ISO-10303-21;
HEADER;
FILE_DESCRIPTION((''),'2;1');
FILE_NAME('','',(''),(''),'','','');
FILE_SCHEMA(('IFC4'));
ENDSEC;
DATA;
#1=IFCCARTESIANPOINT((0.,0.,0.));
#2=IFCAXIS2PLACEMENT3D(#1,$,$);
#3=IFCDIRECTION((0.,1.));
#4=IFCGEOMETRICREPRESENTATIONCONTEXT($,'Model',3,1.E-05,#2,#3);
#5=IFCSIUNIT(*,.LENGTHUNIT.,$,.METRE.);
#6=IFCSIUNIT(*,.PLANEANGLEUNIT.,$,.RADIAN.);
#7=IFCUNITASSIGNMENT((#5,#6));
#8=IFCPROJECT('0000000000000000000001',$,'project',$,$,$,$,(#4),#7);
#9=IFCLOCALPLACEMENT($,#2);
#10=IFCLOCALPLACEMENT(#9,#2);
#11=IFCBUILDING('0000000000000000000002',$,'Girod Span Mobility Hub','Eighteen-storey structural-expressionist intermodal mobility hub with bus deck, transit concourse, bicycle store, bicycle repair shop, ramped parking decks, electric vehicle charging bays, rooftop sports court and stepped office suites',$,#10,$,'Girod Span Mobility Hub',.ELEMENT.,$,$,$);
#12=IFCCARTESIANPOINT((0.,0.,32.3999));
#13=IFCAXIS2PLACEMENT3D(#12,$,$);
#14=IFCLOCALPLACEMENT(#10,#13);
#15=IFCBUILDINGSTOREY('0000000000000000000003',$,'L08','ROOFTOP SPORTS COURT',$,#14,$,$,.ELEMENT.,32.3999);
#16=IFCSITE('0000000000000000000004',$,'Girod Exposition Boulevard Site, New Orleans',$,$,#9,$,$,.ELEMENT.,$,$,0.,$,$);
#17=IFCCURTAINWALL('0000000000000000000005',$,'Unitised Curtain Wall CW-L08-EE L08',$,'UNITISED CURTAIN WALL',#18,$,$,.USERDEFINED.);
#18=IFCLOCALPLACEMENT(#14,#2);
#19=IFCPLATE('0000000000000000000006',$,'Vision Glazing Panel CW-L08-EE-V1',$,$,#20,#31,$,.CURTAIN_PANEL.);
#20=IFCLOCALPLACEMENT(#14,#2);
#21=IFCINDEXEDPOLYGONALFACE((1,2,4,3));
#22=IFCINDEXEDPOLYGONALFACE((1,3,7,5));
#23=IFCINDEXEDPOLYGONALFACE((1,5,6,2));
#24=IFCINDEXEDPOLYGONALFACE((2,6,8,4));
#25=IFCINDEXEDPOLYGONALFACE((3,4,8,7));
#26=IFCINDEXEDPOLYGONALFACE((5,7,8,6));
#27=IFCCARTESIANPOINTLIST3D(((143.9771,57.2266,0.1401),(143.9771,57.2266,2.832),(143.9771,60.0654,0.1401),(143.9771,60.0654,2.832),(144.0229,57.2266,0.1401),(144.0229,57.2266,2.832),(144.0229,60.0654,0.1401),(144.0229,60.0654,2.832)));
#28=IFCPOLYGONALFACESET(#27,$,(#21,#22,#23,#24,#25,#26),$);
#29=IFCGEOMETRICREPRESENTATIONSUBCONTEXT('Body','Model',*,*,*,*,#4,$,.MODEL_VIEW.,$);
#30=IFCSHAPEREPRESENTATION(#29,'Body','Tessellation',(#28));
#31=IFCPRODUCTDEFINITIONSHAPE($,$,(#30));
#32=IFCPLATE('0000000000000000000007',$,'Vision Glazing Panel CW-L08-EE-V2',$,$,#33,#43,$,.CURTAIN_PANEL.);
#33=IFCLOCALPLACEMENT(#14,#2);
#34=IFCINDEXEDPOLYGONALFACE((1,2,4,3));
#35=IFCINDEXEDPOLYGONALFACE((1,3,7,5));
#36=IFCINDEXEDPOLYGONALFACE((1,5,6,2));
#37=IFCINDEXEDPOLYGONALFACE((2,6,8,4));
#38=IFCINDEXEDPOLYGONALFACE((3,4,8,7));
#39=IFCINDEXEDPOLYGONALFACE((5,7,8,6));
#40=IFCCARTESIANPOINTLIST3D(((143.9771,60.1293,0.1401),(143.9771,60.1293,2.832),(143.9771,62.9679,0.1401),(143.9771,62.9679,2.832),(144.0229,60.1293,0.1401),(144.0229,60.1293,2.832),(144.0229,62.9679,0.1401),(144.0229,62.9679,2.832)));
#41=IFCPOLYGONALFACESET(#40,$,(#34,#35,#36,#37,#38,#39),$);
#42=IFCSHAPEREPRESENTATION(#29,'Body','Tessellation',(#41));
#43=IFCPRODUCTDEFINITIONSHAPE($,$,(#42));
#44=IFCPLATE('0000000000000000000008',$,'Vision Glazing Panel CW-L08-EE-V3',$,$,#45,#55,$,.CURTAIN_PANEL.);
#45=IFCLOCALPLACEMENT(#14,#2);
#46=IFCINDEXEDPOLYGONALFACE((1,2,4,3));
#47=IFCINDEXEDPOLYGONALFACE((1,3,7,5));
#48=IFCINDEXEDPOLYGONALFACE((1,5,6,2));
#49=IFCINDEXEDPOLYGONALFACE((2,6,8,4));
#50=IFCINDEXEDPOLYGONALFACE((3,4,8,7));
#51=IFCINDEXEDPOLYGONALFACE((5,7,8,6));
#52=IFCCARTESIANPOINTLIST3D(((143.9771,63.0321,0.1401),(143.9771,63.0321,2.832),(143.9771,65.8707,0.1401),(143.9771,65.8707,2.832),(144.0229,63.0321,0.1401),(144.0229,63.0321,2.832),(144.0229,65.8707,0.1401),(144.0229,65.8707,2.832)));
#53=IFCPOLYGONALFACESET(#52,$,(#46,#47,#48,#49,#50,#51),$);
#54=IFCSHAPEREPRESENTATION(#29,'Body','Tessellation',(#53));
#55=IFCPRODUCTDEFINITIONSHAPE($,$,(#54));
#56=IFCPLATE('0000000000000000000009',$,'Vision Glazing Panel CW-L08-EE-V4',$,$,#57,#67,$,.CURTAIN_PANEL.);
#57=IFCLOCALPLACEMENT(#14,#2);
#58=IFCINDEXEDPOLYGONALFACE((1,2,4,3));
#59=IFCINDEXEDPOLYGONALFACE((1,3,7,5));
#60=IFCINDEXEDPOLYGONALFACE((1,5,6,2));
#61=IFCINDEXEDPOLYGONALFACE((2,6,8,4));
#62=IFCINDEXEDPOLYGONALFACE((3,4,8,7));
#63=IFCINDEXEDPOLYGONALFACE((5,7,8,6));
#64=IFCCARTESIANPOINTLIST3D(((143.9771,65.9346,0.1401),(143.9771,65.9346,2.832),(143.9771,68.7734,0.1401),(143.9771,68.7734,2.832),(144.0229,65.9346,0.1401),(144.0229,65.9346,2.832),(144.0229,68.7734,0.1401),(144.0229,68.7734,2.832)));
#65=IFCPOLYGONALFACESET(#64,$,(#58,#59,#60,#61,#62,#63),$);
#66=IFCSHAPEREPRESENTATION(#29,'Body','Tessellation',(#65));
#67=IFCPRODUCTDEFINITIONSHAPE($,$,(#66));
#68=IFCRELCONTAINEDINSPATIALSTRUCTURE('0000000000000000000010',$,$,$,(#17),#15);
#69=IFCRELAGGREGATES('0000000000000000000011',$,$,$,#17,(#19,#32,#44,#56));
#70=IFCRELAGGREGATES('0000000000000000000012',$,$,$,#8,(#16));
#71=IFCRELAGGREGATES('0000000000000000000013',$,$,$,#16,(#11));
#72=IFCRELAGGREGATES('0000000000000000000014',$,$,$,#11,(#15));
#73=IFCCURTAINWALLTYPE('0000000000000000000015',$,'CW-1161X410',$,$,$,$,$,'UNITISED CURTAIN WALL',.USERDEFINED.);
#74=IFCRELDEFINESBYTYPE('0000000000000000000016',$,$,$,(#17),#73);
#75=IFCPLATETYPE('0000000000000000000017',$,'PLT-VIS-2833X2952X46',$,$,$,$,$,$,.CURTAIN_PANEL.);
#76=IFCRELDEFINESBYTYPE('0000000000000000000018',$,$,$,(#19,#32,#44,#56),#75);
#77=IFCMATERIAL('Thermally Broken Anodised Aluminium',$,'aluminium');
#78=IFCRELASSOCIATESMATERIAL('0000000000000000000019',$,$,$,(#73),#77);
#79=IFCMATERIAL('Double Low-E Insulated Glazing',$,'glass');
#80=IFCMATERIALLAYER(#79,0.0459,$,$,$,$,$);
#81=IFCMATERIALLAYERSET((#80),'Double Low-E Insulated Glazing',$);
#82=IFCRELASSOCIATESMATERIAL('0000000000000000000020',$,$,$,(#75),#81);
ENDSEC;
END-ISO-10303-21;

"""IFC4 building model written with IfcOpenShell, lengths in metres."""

from ifc_helpers import new_model, si_unit, direction, frame, origin, origin_2d, place, context, subcontext, project, spatial, rectangle, extrude, material, layer, layer_set, type_object, element, aggregate, save


model = new_model("IFC4")

# Units and contexts
model_context = context("Model", 3, precision=1e-05, world=origin(), true_north=direction((0.0, 1.0)))
body_context = subcontext(model_context, "Body", "Model", "MODEL_VIEW")
ifc_project = project(units=[si_unit("LENGTHUNIT", "METRE"), si_unit("PLANEANGLEUNIT", "RADIAN")], contexts=[model_context])

# Site, building, storey
site_placement = place(None, origin())
site = spatial("IfcSite", under=ifc_project, at=site_placement, Name="Girod Exposition Boulevard Site, New Orleans", CompositionType="ELEMENT", RefElevation=0.0)
building_placement = place(site_placement, origin())
building = spatial("IfcBuilding", under=site, at=building_placement, Name="Girod Span Mobility Hub", Description="Eighteen-storey structural-expressionist intermodal mobility hub with bus deck, transit concourse, bicycle store, bicycle repair shop, ramped parking decks, electric vehicle charging bays, rooftop sports court and stepped office suites", LongName="Girod Span Mobility Hub", CompositionType="ELEMENT")
storey_placement = place(building_placement, frame((0.0, 0.0, 32.3999)))
storey = spatial("IfcBuildingStorey", under=building, at=storey_placement, Name="L08", Description="ROOFTOP SPORTS COURT", CompositionType="ELEMENT", Elevation=32.3999)

# Shared definitions
ifc_material_1 = material(Name="Thermally Broken Anodised Aluminium", Category="aluminium")
curtain_wall_type = type_object("IfcCurtainWallType", Name="CW-1161X410", ElementType="UNITISED CURTAIN WALL", PredefinedType="USERDEFINED", material=ifc_material_1)

# Curtain wall
curtain_wall_1_placement = place(storey_placement, origin())
curtain_wall_1 = element("IfcCurtainWall", 1, at=curtain_wall_1_placement, inside=storey, type_object=curtain_wall_type, Name="Unitised Curtain Wall CW-L08-EE L08", ObjectType="UNITISED CURTAIN WALL", PredefinedType="USERDEFINED")

# Plates
ifc_material_2 = material(Name="Double Low-E Insulated Glazing", Category="glass")
ifc_layer_1 = layer(ifc_material_2, 0.0459)
ifc_layer_set_1 = layer_set([ifc_layer_1], Name="Double Low-E Insulated Glazing")
plate_type_1 = type_object("IfcPlateType", Name="PLT-VIS-2833X2952X46", PredefinedType="CURTAIN_PANEL", material=ifc_layer_set_1)
plate_1_placement = place(storey_placement, frame((144.0, 58.646, 0.1401), z_axis=(0.0, 0.0, 1.0), x_axis=(0.0, 1.0, 0.0)))
plate_1 = element("IfcPlate", 2, at=plate_1_placement, type_object=plate_type_1, Name="Vision Glazing Panel CW-L08-EE-V1", PredefinedType="CURTAIN_PANEL", context=body_context, shape_type="SweptSolid", body=[
    extrude(rectangle(XDim=2.8389, YDim=0.0459, at=origin_2d()), origin(), (0.0, 0.0, 1.0), 2.6919),
])
plate_2_placement = place(storey_placement, frame((144.0, 61.5486, 0.1401), z_axis=(0.0, 0.0, 1.0), x_axis=(0.0, 1.0, 0.0)))
plate_2 = element("IfcPlate", 3, at=plate_2_placement, type_object=plate_type_1, Name="Vision Glazing Panel CW-L08-EE-V2", PredefinedType="CURTAIN_PANEL", context=body_context, shape_type="SweptSolid", body=[
    extrude(rectangle(XDim=2.8386, YDim=0.0459, at=origin_2d()), origin(), (0.0, 0.0, 1.0), 2.6919),
])
plate_3_placement = place(storey_placement, frame((144.0, 64.4514, 0.1401), z_axis=(0.0, 0.0, 1.0), x_axis=(0.0, 1.0, 0.0)))
plate_3 = element("IfcPlate", 4, at=plate_3_placement, type_object=plate_type_1, Name="Vision Glazing Panel CW-L08-EE-V3", PredefinedType="CURTAIN_PANEL", context=body_context, shape_type="SweptSolid", body=[
    extrude(rectangle(XDim=2.8386, YDim=0.0459, at=origin_2d()), origin(), (0.0, 0.0, 1.0), 2.6919),
])
plate_4_placement = place(storey_placement, frame((144.0, 67.354, 0.1401), z_axis=(0.0, 0.0, 1.0), x_axis=(0.0, 1.0, 0.0)))
plate_4 = element("IfcPlate", 5, at=plate_4_placement, type_object=plate_type_1, Name="Vision Glazing Panel CW-L08-EE-V4", PredefinedType="CURTAIN_PANEL", context=body_context, shape_type="SweptSolid", body=[
    extrude(rectangle(XDim=2.8389, YDim=0.0459, at=origin_2d()), origin(), (0.0, 0.0, 1.0), 2.6919),
])
aggregate(curtain_wall_1, [plate_1, plate_2, plate_3, plate_4])

save(model, "model.ifc")
